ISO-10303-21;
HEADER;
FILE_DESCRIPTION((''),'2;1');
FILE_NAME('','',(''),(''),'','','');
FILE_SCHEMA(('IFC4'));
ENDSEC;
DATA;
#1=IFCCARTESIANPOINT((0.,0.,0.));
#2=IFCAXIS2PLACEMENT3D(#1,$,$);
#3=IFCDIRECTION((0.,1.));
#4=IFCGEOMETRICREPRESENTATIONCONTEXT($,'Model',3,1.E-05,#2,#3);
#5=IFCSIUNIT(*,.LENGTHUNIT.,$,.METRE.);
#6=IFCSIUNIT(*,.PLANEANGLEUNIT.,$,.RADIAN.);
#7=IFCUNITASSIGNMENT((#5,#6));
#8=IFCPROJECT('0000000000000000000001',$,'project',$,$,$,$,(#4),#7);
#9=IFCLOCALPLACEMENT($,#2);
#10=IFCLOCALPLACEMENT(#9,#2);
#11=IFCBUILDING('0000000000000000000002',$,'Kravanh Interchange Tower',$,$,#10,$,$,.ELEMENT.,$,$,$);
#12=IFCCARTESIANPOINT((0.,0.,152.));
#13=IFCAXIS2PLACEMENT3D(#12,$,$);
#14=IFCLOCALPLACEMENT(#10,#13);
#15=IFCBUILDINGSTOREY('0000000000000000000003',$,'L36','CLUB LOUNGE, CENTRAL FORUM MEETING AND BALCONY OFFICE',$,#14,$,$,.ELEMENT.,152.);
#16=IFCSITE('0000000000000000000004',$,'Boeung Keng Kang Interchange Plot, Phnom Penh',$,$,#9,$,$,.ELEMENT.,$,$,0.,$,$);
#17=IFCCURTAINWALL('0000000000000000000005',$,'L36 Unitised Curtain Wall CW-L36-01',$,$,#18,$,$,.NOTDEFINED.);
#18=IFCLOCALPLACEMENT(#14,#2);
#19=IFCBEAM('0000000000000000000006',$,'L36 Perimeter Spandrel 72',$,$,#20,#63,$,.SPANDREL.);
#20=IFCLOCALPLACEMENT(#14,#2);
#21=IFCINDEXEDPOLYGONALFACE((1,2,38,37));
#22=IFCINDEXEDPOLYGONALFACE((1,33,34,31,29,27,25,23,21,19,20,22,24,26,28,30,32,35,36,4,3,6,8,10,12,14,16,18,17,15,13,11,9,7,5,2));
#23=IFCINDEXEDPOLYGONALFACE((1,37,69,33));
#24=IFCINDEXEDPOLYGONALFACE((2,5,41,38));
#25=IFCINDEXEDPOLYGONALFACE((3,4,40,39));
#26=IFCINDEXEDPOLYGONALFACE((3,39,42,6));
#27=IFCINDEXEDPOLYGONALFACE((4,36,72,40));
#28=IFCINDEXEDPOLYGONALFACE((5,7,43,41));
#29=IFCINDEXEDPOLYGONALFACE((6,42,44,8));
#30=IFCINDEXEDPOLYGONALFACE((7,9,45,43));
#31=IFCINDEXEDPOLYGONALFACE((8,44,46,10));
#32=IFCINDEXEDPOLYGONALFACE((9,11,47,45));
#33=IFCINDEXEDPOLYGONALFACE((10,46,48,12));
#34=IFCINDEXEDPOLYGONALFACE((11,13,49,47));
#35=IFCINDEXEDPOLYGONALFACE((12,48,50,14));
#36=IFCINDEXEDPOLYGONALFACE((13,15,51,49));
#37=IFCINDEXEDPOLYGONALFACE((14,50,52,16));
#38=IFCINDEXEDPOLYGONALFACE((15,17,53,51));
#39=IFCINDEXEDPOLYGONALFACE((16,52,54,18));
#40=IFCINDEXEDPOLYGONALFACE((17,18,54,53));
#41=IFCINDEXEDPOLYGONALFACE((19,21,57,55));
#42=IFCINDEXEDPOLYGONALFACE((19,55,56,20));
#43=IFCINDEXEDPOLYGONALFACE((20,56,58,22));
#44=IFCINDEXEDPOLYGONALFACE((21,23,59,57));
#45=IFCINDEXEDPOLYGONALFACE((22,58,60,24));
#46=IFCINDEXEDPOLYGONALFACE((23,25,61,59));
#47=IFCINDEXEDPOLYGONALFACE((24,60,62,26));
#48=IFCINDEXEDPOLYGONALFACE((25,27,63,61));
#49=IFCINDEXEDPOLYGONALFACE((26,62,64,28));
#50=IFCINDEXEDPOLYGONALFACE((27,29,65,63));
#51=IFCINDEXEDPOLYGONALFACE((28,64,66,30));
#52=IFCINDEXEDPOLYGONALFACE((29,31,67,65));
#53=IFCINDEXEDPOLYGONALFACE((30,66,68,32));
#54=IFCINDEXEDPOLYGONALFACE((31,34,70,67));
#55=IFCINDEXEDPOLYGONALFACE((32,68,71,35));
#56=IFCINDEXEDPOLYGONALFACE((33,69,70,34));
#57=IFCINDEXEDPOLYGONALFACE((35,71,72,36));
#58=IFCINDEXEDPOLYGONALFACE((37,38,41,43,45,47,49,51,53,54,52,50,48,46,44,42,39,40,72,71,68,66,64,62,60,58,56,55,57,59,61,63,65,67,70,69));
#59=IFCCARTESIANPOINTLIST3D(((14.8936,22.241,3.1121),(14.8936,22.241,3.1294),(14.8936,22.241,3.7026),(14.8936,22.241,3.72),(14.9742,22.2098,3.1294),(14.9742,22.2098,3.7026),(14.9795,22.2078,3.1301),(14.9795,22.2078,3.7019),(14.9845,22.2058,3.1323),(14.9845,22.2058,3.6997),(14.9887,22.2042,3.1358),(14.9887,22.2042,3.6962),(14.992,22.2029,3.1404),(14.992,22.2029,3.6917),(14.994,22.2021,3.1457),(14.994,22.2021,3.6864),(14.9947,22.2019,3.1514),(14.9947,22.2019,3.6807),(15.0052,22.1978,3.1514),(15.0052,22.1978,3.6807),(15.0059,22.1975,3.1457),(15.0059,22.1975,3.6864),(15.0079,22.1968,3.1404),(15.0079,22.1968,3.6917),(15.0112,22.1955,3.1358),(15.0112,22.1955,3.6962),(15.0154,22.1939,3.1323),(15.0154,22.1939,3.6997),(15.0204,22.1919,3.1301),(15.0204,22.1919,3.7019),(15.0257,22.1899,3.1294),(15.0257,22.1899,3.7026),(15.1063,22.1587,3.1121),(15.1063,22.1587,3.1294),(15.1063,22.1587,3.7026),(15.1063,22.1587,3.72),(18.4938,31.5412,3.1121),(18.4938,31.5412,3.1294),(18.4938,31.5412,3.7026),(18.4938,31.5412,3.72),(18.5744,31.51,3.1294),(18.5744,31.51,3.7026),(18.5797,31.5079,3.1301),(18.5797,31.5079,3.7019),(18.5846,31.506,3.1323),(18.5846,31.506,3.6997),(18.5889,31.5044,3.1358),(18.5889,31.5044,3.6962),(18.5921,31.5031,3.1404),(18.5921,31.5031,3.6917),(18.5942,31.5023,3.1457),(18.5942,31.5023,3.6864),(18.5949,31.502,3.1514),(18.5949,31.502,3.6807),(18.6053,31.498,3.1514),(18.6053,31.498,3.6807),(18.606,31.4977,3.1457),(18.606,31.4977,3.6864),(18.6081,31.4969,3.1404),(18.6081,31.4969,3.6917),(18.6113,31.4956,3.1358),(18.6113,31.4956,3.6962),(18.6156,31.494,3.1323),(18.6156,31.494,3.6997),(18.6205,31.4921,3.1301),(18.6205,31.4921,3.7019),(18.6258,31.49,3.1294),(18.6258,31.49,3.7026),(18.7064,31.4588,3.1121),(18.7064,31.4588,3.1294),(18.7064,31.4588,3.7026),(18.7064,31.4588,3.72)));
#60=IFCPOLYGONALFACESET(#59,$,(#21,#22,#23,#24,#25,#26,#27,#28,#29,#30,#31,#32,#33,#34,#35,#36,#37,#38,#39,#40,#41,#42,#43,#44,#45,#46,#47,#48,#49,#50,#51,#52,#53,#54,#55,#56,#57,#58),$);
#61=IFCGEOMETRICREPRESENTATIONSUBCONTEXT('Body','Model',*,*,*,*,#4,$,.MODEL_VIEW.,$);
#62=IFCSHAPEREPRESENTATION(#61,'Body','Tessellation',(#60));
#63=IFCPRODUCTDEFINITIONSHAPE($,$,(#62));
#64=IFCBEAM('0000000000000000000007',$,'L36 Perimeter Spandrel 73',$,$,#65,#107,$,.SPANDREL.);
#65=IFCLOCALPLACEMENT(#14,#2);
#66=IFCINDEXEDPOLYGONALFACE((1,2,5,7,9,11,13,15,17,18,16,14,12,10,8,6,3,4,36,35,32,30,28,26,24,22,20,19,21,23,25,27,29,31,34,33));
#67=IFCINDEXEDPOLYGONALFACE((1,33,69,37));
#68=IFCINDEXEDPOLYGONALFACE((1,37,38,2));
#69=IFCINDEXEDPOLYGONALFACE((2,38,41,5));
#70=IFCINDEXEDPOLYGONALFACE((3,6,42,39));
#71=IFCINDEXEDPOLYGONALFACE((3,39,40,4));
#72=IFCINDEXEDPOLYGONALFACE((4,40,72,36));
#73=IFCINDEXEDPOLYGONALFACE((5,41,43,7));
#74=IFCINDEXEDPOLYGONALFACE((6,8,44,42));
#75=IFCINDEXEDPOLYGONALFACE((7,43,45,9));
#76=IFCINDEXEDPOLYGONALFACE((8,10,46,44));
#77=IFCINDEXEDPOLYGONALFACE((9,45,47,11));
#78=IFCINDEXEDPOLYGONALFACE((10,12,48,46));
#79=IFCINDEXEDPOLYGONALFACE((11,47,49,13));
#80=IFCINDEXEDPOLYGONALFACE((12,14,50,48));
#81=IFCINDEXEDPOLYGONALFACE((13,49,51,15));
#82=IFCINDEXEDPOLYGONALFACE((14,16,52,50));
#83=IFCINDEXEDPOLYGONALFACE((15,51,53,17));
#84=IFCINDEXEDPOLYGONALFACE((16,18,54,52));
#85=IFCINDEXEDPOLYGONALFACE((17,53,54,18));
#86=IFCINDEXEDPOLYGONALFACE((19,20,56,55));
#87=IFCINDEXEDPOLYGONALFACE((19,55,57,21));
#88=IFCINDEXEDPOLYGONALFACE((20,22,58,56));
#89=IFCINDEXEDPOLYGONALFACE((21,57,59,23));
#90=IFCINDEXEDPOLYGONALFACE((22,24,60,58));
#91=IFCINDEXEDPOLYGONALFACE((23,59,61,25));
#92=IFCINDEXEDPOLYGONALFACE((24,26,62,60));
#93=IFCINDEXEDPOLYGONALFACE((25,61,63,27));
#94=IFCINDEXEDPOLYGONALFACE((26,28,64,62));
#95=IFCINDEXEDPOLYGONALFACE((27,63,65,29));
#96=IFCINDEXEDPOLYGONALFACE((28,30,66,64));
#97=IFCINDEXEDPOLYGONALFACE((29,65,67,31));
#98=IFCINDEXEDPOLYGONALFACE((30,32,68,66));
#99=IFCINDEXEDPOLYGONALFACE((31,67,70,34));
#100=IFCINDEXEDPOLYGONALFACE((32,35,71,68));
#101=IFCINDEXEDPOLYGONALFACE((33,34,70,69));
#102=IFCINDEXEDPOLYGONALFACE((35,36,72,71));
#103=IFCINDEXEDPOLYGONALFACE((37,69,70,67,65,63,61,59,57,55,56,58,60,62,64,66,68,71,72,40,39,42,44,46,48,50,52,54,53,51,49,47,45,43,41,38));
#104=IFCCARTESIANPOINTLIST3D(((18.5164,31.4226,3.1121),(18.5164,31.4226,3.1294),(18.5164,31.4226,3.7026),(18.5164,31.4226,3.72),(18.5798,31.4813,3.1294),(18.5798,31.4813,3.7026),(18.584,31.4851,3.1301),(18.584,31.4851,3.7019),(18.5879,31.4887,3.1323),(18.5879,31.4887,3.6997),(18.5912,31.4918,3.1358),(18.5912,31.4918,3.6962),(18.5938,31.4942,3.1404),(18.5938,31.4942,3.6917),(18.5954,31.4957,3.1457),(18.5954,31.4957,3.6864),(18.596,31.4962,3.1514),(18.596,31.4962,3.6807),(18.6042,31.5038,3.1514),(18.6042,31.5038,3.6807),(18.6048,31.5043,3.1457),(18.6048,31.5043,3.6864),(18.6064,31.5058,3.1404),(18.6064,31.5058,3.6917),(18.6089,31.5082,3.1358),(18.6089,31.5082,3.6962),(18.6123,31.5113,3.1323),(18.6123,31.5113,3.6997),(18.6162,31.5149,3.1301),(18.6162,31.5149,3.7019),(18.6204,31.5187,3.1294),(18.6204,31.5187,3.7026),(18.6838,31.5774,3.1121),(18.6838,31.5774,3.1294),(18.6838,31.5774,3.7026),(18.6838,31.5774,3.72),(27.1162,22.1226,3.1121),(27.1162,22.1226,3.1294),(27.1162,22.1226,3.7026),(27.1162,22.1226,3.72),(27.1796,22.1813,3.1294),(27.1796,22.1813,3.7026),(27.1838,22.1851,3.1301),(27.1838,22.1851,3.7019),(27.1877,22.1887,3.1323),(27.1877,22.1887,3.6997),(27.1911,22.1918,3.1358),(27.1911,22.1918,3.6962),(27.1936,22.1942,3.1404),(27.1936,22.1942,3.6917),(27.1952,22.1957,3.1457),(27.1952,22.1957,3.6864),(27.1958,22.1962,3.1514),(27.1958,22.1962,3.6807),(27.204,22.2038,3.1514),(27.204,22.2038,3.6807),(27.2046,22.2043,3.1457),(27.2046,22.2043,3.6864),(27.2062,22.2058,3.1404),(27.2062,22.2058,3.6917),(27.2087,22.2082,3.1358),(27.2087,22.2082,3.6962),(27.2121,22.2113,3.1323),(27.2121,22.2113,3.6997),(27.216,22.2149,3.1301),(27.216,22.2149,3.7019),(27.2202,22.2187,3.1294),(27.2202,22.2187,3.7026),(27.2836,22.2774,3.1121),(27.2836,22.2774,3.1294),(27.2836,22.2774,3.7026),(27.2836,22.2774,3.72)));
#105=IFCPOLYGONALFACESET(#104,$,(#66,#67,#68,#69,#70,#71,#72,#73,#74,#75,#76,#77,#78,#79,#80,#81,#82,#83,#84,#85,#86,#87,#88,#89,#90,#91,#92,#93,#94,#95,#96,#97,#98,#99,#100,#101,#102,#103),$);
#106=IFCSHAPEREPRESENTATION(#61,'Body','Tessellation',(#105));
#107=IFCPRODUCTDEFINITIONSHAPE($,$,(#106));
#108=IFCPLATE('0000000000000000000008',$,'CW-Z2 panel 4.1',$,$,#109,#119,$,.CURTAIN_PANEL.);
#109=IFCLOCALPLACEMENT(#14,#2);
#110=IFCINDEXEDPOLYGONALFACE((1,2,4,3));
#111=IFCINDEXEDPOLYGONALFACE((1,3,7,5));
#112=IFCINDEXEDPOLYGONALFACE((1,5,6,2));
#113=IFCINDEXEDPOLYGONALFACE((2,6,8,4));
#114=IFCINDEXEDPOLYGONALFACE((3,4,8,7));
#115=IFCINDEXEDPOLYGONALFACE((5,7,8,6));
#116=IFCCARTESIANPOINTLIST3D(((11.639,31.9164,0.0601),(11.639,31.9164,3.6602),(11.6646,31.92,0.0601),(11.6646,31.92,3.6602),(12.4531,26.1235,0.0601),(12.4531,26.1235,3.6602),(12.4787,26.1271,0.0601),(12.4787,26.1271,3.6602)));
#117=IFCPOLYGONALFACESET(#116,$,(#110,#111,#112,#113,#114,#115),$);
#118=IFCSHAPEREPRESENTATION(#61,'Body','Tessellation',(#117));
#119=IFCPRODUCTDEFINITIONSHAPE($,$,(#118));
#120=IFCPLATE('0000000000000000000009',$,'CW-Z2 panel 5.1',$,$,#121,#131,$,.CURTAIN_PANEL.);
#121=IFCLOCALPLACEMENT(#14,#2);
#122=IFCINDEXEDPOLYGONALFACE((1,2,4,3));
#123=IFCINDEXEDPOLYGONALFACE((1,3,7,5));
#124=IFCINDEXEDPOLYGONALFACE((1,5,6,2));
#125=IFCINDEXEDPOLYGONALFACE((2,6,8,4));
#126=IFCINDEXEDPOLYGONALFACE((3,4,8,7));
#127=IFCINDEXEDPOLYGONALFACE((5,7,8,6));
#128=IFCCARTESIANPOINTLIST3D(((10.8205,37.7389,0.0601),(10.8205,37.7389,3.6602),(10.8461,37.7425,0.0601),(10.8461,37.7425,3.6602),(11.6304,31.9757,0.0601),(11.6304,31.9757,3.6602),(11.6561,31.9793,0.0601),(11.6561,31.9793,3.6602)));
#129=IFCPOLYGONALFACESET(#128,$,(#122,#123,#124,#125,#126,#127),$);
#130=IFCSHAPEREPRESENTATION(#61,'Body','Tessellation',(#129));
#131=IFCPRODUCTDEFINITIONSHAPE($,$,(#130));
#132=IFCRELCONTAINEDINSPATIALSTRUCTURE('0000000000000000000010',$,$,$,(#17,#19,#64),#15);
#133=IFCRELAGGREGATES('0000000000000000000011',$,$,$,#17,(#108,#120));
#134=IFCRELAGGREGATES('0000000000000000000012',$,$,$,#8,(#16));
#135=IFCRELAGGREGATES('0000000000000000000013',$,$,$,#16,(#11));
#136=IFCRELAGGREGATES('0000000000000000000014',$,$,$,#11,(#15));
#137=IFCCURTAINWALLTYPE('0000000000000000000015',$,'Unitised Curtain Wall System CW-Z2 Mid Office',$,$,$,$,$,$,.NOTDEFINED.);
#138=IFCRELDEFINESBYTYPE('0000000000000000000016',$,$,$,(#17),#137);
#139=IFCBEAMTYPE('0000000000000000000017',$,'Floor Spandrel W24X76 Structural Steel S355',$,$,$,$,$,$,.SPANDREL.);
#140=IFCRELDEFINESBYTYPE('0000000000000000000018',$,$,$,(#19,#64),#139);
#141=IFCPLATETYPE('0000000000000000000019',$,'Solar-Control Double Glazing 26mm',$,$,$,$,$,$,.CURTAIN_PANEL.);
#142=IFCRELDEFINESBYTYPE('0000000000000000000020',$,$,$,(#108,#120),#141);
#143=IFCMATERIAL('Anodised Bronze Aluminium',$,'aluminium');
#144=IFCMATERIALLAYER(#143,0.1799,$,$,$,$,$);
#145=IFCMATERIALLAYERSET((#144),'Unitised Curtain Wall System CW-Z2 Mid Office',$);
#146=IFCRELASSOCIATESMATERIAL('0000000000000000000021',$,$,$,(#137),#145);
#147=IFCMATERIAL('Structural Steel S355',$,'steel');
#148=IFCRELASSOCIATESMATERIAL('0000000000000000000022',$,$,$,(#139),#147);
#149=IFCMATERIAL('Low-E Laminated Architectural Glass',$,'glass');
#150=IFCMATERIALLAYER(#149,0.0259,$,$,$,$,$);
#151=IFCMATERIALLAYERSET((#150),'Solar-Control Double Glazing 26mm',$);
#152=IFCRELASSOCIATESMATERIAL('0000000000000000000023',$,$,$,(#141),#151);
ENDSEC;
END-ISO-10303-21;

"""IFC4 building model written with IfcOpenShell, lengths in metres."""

from ifc_helpers import new_model, si_unit, direction, frame, origin, origin_2d, place, context, subcontext, project, spatial, rectangle, i_section, extrude, material, layer, layer_set, material_profile, profile_set, type_object, element, aggregate, save


model = new_model("IFC4")

# Units and contexts
model_context = context("Model", 3, precision=1e-05, world=origin(), true_north=direction((0.0, 1.0)))
body_context = subcontext(model_context, "Body", "Model", "MODEL_VIEW")
ifc_project = project(units=[si_unit("LENGTHUNIT", "METRE"), si_unit("PLANEANGLEUNIT", "RADIAN")], contexts=[model_context])

# Site, building, storey
site_placement = place(None, origin())
site = spatial("IfcSite", under=ifc_project, at=site_placement, Name="Boeung Keng Kang Interchange Plot, Phnom Penh", CompositionType="ELEMENT", RefElevation=0.0)
building_placement = place(site_placement, origin())
building = spatial("IfcBuilding", under=site, at=building_placement, Name="Kravanh Interchange Tower", CompositionType="ELEMENT")
storey_placement = place(building_placement, frame((0.0, 0.0, 152.0)))
storey = spatial("IfcBuildingStorey", under=building, at=storey_placement, Name="L36", Description="CLUB LOUNGE, CENTRAL FORUM MEETING AND BALCONY OFFICE", CompositionType="ELEMENT", Elevation=152.0)

# Curtain wall
ifc_material_1 = material(Name="Anodised Bronze Aluminium", Category="aluminium")
ifc_layer_1 = layer(ifc_material_1, 0.1799)
ifc_layer_set_1 = layer_set([ifc_layer_1], Name="Unitised Curtain Wall System CW-Z2 Mid Office")
curtain_wall_type = type_object("IfcCurtainWallType", Name="Unitised Curtain Wall System CW-Z2 Mid Office", PredefinedType="NOTDEFINED", material=ifc_layer_set_1)
curtain_wall_placement = place(storey_placement, origin())
curtain_wall = element("IfcCurtainWall", 1, at=curtain_wall_placement, inside=storey, type_object=curtain_wall_type, Name="L36 Unitised Curtain Wall CW-L36-01", PredefinedType="NOTDEFINED")

# Beams
ifc_material_2 = material(Name="Structural Steel S355", Category="steel")
ifc_material_profile_1 = material_profile(ifc_material_2, i_section(OverallWidth=0.228, OverallDepth=0.6079, WebThickness=0.0112, FlangeThickness=0.0173, FilletRadius=0.022, at=origin_2d()), Name="W24X76")
ifc_profile_set_1 = profile_set([ifc_material_profile_1], Name="Structural Steel S355")
beam_type_1 = type_object("IfcBeamType", Name="Floor Spandrel W24X76 Structural Steel S355", PredefinedType="SPANDREL", material=ifc_profile_set_1)
beam_1_placement = place(storey_placement, frame((18.6001, 31.5, 3.416), z_axis=(-0.361001, -0.932565, 0.0), x_axis=(0.932565, -0.361001, 0.0)))
element("IfcBeam", 2, at=beam_1_placement, inside=storey, type_object=beam_type_1, Name="L36 Perimeter Spandrel 72", PredefinedType="SPANDREL", context=body_context, shape_type="SweptSolid", body=[
    extrude(i_section(OverallWidth=0.228, OverallDepth=0.6079, WebThickness=0.0112, FlangeThickness=0.0173, FilletRadius=0.022, at=origin_2d()), origin(), (0.0, 0.0, 1.0), 9.9727),
])
beam_2_placement = place(storey_placement, frame((18.6001, 31.5, 3.416), z_axis=(0.678927, -0.734205, 0.0), x_axis=(0.734205, 0.678927, 0.0)))
element("IfcBeam", 3, at=beam_2_placement, inside=storey, type_object=beam_type_1, Name="L36 Perimeter Spandrel 73", PredefinedType="SPANDREL", context=body_context, shape_type="SweptSolid", body=[
    extrude(i_section(OverallWidth=0.228, OverallDepth=0.6079, WebThickness=0.0112, FlangeThickness=0.0173, FilletRadius=0.022, at=origin_2d()), origin(), (0.0, 0.0, 1.0), 12.6667),
])

# Plates
ifc_material_3 = material(Name="Low-E Laminated Architectural Glass", Category="glass")
ifc_layer_2 = layer(ifc_material_3, 0.0259)
ifc_layer_set_2 = layer_set([ifc_layer_2], Name="Solar-Control Double Glazing 26mm")
plate_type = type_object("IfcPlateType", Name="Solar-Control Double Glazing 26mm", PredefinedType="CURTAIN_PANEL", material=ifc_layer_set_2)
plate_1_placement = place(storey_placement, frame((12.0588, 29.0217, 0.0601), z_axis=(0.0, 0.0, 1.0), x_axis=(-0.139173, 0.990268, 0.0)))
plate_1 = element("IfcPlate", 4, at=plate_1_placement, type_object=plate_type, Name="CW-Z2 panel 4.1", PredefinedType="CURTAIN_PANEL", context=body_context, shape_type="SweptSolid", body=[
    extrude(rectangle(XDim=5.8499, YDim=0.0259, at=origin_2d()), origin(), (0.0, 0.0, 1.0), 3.6001),
])
plate_2_placement = place(storey_placement, frame((11.2383, 34.8591, 0.0601), z_axis=(0.0, 0.0, 1.0), x_axis=(-0.139173, 0.990268, 0.0)))
plate_2 = element("IfcPlate", 5, at=plate_2_placement, type_object=plate_type, Name="CW-Z2 panel 5.1", PredefinedType="CURTAIN_PANEL", context=body_context, shape_type="SweptSolid", body=[
    extrude(rectangle(XDim=5.8198, YDim=0.0259, at=origin_2d()), origin(), (0.0, 0.0, 1.0), 3.6001),
])
aggregate(curtain_wall, [plate_1, plate_2])

save(model, "model.ifc")
